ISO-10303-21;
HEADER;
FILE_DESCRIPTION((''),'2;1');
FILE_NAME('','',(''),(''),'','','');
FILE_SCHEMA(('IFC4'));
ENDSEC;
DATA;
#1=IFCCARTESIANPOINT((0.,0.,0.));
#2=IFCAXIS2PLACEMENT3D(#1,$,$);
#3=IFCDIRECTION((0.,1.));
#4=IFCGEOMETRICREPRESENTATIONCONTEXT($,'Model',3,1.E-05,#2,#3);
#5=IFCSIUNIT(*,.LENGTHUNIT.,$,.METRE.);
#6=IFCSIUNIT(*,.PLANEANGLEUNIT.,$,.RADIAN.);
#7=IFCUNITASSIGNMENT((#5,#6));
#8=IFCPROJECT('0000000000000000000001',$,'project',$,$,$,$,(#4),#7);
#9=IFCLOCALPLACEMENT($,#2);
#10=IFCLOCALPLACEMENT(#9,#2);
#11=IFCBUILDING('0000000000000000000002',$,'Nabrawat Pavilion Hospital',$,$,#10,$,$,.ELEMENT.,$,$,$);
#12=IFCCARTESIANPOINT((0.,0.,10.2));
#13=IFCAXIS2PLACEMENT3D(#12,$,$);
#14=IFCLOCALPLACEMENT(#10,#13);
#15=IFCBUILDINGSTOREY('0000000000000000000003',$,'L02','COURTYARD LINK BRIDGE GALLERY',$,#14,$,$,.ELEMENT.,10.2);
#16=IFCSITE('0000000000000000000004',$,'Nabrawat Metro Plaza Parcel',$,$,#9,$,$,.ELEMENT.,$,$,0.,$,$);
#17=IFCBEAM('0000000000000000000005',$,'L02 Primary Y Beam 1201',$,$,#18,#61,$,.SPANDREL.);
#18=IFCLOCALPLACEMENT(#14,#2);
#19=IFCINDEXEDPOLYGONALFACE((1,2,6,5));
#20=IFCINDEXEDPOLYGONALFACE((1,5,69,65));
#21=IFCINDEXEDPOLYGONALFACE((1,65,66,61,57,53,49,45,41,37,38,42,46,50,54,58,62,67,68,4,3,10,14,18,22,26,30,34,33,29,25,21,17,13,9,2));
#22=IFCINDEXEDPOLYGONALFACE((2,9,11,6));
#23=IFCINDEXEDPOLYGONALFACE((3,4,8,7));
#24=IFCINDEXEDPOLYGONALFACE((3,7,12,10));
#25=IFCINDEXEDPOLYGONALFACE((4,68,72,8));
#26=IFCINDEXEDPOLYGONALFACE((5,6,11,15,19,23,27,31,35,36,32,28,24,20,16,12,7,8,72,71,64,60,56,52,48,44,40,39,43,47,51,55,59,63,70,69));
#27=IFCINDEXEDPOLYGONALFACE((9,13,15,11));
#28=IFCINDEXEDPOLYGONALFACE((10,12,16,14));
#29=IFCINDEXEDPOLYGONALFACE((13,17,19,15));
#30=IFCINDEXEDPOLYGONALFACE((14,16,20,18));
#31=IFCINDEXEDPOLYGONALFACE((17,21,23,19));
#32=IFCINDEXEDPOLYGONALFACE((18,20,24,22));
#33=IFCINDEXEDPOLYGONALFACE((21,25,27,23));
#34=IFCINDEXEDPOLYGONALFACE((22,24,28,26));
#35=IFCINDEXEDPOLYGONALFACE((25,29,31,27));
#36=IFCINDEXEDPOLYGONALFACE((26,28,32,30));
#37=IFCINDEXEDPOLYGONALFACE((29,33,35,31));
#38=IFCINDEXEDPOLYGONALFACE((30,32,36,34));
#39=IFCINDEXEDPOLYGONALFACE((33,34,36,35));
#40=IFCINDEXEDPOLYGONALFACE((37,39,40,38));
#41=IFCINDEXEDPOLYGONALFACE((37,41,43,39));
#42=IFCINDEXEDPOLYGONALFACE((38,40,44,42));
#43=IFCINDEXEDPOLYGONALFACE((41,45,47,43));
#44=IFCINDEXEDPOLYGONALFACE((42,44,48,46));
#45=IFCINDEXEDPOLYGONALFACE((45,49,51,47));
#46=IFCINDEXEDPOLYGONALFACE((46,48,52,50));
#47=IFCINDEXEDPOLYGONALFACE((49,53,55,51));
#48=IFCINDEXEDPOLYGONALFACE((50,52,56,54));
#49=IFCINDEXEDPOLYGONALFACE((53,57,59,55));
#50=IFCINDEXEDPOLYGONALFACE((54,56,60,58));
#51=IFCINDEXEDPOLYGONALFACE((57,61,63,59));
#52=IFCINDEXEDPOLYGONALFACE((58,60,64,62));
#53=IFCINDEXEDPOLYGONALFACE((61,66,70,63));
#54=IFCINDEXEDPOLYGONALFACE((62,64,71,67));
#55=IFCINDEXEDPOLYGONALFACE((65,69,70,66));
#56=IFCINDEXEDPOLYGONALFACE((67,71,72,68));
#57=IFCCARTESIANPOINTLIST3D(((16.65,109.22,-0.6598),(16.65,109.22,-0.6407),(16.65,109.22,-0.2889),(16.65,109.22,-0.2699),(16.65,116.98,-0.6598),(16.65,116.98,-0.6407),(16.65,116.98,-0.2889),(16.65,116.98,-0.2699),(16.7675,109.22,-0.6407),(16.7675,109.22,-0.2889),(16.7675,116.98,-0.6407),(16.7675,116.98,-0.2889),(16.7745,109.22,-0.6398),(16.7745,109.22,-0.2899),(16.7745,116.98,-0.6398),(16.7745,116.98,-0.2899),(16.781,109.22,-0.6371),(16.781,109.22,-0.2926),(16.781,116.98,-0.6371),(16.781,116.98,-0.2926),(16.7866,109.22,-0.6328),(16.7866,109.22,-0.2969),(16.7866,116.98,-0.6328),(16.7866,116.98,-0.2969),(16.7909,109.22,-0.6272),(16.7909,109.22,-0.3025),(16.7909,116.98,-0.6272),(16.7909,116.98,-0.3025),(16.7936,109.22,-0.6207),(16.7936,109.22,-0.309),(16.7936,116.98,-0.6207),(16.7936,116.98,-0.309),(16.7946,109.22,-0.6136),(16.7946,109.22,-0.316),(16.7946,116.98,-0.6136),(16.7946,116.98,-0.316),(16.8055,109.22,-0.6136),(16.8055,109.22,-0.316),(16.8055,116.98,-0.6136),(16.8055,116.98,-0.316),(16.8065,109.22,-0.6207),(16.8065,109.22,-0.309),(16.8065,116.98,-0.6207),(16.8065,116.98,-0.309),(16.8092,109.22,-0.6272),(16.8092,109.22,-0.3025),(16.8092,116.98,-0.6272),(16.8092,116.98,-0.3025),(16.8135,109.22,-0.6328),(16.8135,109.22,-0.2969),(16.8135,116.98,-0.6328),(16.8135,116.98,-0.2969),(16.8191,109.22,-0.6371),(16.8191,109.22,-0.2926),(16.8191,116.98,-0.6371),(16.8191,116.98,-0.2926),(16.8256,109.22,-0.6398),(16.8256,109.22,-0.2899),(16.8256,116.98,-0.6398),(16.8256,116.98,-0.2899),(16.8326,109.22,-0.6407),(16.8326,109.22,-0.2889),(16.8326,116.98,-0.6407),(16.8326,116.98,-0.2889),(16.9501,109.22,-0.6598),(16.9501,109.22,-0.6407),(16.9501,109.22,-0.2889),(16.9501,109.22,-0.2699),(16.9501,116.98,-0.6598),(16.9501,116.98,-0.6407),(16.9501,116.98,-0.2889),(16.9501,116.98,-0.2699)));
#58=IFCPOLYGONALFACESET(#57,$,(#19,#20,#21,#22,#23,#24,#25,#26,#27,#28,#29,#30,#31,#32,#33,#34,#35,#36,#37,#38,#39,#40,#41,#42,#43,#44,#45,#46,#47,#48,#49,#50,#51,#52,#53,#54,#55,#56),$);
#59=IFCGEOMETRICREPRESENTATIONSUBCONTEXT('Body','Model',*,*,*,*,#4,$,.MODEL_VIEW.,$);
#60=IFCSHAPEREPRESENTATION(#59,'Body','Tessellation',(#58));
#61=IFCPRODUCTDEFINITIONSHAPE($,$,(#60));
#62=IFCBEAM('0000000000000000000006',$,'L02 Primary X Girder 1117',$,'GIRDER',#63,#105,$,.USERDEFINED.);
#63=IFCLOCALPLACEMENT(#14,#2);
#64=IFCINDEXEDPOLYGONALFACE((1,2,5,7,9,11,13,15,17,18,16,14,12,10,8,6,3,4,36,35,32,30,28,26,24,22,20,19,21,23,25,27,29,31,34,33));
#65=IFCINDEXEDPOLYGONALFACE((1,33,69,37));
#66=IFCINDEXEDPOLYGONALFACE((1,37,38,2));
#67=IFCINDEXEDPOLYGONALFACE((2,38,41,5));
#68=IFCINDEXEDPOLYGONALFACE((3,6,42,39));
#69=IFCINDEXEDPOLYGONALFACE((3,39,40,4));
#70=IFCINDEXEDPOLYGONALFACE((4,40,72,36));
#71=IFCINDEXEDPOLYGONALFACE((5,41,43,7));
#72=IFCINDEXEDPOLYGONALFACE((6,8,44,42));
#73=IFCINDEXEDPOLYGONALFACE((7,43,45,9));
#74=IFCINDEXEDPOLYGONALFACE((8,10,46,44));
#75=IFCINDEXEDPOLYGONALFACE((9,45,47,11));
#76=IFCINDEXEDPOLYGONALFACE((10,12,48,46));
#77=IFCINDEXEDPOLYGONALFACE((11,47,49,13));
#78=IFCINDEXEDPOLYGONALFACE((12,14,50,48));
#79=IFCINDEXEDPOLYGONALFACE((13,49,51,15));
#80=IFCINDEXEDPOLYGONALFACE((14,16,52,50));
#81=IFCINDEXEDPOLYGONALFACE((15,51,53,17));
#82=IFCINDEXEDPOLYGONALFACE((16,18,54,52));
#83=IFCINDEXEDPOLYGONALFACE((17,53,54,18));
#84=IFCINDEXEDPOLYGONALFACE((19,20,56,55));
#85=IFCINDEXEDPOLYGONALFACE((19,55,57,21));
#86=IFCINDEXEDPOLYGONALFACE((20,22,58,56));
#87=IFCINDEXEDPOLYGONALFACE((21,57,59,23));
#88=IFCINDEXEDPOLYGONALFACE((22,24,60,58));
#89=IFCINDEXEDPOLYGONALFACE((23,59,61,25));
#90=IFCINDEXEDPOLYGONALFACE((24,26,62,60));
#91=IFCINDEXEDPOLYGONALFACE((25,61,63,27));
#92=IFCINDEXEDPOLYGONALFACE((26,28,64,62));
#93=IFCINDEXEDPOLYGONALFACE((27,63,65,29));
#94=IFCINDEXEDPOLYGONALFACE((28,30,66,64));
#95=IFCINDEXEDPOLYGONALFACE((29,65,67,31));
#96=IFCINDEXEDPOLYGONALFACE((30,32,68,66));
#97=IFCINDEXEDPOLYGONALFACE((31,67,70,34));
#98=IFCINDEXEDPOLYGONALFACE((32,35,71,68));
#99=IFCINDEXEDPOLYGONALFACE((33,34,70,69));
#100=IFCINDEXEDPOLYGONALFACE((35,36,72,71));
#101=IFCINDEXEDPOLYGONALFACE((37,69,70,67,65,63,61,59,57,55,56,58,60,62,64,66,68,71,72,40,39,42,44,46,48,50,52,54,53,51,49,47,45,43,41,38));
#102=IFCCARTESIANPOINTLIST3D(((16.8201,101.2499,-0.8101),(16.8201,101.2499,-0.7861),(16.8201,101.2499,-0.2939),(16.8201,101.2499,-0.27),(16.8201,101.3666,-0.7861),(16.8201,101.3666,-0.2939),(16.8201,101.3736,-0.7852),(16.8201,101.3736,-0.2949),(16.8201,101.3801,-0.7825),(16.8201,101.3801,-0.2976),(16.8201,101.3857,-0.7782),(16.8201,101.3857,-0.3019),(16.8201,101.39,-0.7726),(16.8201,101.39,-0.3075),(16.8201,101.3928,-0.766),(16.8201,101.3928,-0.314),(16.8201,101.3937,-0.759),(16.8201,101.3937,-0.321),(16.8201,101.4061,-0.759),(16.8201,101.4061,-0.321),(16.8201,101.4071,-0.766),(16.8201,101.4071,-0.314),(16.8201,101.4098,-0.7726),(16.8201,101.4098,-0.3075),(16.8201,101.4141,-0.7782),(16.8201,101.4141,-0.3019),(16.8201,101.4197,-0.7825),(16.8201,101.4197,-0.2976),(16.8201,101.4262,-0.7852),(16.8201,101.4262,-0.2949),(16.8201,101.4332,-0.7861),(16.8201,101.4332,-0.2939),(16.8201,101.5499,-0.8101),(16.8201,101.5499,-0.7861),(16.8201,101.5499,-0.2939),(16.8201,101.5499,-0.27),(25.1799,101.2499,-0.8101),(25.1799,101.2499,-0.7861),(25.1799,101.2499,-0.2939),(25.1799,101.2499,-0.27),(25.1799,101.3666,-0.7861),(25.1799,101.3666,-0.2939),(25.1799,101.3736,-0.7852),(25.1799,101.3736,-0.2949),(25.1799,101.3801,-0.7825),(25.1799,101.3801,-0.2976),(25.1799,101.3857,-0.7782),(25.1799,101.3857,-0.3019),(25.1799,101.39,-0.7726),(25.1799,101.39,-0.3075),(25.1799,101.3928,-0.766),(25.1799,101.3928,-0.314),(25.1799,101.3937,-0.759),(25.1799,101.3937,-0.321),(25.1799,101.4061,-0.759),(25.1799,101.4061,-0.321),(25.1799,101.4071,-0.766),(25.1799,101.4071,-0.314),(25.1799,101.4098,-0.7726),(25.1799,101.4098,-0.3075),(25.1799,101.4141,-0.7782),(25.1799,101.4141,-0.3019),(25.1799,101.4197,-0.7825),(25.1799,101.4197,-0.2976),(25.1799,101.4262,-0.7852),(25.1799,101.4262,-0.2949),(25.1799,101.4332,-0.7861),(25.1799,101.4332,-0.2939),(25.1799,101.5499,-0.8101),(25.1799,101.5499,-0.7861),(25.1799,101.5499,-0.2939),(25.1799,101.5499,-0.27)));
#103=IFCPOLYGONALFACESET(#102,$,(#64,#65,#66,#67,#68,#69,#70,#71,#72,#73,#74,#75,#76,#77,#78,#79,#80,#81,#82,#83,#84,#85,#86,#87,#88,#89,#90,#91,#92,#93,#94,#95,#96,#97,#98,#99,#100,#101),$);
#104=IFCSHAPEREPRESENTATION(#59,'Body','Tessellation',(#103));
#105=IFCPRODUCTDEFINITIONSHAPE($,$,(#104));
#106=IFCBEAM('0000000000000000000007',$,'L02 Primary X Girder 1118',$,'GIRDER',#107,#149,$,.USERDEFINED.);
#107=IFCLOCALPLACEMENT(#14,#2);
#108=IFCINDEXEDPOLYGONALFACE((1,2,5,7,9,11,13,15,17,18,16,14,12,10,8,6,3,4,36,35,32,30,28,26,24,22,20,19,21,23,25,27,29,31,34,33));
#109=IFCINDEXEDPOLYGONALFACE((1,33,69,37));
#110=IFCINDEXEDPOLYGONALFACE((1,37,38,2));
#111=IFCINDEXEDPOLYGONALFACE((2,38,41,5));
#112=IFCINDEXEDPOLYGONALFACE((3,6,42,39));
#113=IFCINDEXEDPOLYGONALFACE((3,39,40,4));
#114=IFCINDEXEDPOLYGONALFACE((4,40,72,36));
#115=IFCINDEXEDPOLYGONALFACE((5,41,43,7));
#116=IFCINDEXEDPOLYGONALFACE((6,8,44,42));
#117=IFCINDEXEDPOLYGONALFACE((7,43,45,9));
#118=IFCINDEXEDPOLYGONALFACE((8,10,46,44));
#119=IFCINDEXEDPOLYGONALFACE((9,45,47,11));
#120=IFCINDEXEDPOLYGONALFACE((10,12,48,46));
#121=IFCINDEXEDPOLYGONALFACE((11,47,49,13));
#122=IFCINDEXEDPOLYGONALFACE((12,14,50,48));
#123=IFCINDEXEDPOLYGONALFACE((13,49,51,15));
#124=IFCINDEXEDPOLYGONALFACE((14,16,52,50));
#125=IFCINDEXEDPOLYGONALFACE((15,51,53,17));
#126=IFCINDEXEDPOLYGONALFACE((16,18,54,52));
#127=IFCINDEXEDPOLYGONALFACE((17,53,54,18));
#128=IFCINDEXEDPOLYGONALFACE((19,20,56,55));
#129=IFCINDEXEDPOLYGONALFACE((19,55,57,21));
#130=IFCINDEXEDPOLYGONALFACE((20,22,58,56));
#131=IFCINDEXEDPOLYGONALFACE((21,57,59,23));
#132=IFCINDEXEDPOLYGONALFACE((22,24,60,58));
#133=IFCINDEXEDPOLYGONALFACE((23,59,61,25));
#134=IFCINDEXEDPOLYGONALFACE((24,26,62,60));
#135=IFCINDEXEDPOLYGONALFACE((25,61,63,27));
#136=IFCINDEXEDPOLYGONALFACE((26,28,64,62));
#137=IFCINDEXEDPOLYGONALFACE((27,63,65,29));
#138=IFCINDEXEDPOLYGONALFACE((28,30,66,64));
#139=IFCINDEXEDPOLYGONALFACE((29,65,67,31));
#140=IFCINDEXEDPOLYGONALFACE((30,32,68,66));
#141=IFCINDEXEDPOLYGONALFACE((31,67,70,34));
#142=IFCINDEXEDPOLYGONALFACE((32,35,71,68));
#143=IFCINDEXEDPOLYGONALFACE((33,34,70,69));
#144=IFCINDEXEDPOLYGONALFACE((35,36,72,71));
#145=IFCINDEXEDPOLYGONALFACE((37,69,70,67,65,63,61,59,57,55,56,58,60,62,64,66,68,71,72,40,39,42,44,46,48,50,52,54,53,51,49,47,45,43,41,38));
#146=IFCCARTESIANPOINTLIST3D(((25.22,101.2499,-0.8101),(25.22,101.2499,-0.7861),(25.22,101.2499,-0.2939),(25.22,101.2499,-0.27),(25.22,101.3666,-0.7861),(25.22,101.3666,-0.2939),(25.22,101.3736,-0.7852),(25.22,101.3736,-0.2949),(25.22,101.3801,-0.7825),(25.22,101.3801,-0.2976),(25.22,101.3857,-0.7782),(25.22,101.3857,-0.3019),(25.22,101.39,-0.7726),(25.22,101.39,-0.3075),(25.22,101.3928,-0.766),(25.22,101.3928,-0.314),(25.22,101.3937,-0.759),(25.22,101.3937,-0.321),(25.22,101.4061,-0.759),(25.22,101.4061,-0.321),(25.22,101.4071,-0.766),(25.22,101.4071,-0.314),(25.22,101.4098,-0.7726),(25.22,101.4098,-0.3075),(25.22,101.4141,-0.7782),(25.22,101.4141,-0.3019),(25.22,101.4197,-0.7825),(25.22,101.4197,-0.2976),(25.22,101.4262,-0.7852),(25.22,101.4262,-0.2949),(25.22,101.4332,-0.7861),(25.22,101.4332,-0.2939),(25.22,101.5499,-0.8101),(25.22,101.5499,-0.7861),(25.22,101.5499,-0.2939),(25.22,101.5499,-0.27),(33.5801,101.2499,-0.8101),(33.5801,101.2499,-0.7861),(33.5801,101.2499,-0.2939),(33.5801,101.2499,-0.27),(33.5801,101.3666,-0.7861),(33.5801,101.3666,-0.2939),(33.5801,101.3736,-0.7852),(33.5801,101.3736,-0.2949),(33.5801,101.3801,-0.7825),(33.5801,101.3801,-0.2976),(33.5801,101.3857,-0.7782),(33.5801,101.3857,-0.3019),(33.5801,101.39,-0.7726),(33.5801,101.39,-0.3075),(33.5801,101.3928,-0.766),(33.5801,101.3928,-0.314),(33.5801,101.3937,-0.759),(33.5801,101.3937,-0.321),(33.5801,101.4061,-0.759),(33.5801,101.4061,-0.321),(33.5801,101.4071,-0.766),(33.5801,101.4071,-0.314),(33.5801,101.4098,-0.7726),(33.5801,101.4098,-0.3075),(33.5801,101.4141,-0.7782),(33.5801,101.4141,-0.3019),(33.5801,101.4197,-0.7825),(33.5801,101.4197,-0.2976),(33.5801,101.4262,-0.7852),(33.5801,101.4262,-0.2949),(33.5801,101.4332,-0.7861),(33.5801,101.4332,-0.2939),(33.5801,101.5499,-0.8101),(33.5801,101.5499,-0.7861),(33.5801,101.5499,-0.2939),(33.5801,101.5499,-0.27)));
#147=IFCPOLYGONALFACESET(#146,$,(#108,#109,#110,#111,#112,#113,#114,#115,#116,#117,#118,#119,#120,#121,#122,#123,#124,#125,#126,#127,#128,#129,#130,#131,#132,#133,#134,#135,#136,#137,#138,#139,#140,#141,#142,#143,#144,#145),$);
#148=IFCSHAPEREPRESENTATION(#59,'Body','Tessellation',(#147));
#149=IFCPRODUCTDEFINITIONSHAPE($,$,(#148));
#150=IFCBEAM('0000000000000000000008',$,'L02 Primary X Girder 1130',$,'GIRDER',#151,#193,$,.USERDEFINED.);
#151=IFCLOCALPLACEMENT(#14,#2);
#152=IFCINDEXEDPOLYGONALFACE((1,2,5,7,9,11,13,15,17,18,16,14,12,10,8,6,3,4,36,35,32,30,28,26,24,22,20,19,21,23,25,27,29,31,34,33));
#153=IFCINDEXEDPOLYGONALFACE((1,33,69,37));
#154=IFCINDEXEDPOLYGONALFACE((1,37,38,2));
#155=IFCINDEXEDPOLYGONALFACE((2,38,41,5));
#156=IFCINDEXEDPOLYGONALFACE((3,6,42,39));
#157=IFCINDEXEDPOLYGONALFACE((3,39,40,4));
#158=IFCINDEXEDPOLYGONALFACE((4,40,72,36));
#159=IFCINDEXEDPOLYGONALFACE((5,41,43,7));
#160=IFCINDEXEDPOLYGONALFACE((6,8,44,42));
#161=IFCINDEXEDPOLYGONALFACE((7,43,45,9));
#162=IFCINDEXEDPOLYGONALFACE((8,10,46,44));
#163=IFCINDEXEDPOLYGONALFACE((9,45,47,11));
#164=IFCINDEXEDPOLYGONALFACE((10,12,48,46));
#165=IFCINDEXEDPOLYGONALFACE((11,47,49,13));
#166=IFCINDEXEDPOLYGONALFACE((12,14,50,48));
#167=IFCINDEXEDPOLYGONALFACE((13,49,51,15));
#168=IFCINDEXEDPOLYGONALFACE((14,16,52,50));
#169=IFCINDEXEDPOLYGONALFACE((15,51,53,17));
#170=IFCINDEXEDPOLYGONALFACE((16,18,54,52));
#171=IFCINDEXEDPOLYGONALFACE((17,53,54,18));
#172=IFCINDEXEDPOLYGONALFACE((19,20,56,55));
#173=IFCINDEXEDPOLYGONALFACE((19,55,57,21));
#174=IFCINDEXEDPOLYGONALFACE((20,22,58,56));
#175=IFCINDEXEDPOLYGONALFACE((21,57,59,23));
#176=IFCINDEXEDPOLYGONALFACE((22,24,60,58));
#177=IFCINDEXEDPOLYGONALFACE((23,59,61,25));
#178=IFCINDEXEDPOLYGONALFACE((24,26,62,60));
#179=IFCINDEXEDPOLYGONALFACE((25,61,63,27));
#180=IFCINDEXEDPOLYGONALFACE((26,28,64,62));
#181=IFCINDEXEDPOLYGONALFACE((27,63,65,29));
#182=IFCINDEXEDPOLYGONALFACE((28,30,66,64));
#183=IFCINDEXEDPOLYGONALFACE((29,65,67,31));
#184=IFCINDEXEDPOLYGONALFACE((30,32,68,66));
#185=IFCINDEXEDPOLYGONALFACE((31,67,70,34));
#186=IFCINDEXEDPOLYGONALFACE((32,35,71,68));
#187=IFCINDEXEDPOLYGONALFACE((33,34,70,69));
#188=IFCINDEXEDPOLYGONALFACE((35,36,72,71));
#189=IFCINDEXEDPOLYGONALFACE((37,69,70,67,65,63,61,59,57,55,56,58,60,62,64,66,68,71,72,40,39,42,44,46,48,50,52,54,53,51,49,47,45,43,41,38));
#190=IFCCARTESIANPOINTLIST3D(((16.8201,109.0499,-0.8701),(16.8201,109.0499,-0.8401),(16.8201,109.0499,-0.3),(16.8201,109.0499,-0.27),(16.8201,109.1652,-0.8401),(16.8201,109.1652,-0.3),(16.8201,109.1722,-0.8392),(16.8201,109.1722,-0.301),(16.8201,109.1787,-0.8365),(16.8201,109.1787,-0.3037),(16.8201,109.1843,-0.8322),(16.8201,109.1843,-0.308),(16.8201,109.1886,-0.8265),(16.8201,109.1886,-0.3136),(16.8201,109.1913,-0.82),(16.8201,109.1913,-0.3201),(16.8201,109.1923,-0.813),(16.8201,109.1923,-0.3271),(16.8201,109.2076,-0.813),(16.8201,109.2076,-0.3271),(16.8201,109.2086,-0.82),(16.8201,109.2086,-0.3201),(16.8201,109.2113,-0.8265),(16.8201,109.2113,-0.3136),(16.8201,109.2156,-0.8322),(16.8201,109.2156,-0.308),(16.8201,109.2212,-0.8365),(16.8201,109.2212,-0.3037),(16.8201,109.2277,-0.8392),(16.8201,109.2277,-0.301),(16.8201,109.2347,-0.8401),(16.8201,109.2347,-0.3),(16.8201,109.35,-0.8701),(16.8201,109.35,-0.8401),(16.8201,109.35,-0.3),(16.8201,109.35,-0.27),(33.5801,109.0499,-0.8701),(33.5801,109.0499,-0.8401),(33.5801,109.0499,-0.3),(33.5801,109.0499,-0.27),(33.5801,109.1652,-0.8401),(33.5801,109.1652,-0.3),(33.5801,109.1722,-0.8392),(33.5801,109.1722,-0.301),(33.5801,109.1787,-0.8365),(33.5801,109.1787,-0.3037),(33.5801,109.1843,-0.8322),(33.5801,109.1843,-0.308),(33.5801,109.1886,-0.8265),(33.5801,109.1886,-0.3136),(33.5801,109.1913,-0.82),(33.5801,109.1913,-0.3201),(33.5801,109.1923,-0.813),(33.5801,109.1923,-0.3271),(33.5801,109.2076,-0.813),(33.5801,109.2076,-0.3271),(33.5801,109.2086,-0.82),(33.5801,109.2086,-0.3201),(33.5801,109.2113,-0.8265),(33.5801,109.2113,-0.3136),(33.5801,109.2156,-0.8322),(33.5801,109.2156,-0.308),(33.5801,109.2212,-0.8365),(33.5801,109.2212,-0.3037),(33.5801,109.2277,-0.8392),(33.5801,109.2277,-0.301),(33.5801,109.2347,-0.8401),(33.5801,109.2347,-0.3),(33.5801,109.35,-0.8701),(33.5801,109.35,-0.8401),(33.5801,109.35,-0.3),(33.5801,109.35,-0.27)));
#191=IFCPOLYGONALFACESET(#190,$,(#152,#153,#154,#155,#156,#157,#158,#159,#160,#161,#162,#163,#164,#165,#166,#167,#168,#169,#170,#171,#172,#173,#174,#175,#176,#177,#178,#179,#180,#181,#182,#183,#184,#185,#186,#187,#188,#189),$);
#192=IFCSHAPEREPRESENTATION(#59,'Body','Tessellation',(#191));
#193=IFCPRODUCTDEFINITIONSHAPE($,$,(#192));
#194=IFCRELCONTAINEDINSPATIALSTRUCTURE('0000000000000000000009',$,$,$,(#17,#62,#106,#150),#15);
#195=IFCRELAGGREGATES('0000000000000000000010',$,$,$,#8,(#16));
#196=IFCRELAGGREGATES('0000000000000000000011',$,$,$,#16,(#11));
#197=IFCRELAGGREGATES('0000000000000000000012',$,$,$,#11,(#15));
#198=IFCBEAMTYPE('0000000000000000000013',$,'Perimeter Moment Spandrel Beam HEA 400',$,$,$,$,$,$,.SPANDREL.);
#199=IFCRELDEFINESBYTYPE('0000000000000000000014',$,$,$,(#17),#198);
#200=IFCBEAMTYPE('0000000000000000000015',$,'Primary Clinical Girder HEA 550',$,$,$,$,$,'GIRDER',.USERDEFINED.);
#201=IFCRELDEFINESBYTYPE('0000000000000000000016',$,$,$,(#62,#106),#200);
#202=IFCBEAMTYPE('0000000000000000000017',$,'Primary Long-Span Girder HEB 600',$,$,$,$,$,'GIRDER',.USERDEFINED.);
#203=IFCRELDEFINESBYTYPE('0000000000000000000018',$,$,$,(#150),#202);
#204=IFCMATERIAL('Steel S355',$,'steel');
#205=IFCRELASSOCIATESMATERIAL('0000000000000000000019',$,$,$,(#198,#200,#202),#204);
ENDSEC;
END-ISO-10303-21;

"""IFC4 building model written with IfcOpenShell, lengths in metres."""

from ifc_helpers import new_model, si_unit, direction, frame, origin, origin_2d, place, context, subcontext, project, spatial, i_section, extrude, material, material_profile, profile_set, type_object, element, save


model = new_model("IFC4")

# Units and contexts
model_context = context("Model", 3, precision=1e-05, world=origin(), true_north=direction((0.0, 1.0)))
body_context = subcontext(model_context, "Body", "Model", "MODEL_VIEW")
ifc_project = project(units=[si_unit("LENGTHUNIT", "METRE"), si_unit("PLANEANGLEUNIT", "RADIAN")], contexts=[model_context])

# Site, building, storey
site_placement = place(None, origin())
site = spatial("IfcSite", under=ifc_project, at=site_placement, Name="Nabrawat Metro Plaza Parcel", CompositionType="ELEMENT", RefElevation=0.0)
building_placement = place(site_placement, origin())
building = spatial("IfcBuilding", under=site, at=building_placement, Name="Nabrawat Pavilion Hospital", CompositionType="ELEMENT")
storey_placement = place(building_placement, frame((0.0, 0.0, 10.2)))
storey = spatial("IfcBuildingStorey", under=building, at=storey_placement, Name="L02", Description="COURTYARD LINK BRIDGE GALLERY", CompositionType="ELEMENT", Elevation=10.2)

# Shared definitions
ifc_material_1 = material(Name="Steel S355", Category="steel")

# Beams
ifc_material_profile_1 = material_profile(ifc_material_1, i_section(OverallWidth=0.3, OverallDepth=0.3899, WebThickness=0.011, FlangeThickness=0.019, FilletRadius=0.0271, at=origin_2d()), Name="HEA 400")
ifc_profile_set_1 = profile_set([ifc_material_profile_1], Name="Steel S355")
beam_type_1 = type_object("IfcBeamType", Name="Perimeter Moment Spandrel Beam HEA 400", PredefinedType="SPANDREL", material=ifc_profile_set_1)
for number, where, z_axis, x_axis, name in (
    (1, (16.8, 109.22, -0.4648), (0.0, 1.0, 0.0), (-1.0, 0.0, 0.0), "L02 Primary Y Beam 1201"),
):
    element("IfcBeam", number, at=place(storey_placement, frame(where, z_axis=z_axis, x_axis=x_axis)), inside=storey, type_object=beam_type_1, Name=name, PredefinedType="SPANDREL", context=body_context, shape_type="SweptSolid", body=[
        extrude(i_section(OverallWidth=0.3, OverallDepth=0.3899, WebThickness=0.011, FlangeThickness=0.019, FilletRadius=0.0271, at=origin_2d()), origin(), (0.0, 0.0, 1.0), 7.76),
    ])
ifc_material_profile_2 = material_profile(ifc_material_1, i_section(OverallWidth=0.3, OverallDepth=0.54, WebThickness=0.0125, FlangeThickness=0.0239, FilletRadius=0.0271, at=origin_2d()), Name="HEA 550")
ifc_profile_set_2 = profile_set([ifc_material_profile_2], Name="Steel S355")
beam_type_2 = type_object("IfcBeamType", Name="Primary Clinical Girder HEA 550", ElementType="GIRDER", PredefinedType="USERDEFINED", material=ifc_profile_set_2)
beam_1_placement = place(storey_placement, frame((16.8201, 101.3999, -0.54), z_axis=(1.0, 0.0, 0.0), x_axis=(0.0, 1.0, 0.0)))
element("IfcBeam", 2, at=beam_1_placement, inside=storey, type_object=beam_type_2, Name="L02 Primary X Girder 1117", ObjectType="GIRDER", PredefinedType="USERDEFINED", context=body_context, shape_type="SweptSolid", body=[
    extrude(i_section(OverallWidth=0.3, OverallDepth=0.54, WebThickness=0.0125, FlangeThickness=0.0239, FilletRadius=0.0271, at=origin_2d()), origin(), (0.0, 0.0, 1.0), 8.3599),
])
beam_2_placement = place(storey_placement, frame((25.22, 101.3999, -0.54), z_axis=(1.0, 0.0, 0.0), x_axis=(0.0, 1.0, 0.0)))
element("IfcBeam", 3, at=beam_2_placement, inside=storey, type_object=beam_type_2, Name="L02 Primary X Girder 1118", ObjectType="GIRDER", PredefinedType="USERDEFINED", context=body_context, shape_type="SweptSolid", body=[
    extrude(i_section(OverallWidth=0.3, OverallDepth=0.54, WebThickness=0.0125, FlangeThickness=0.0239, FilletRadius=0.0271, at=origin_2d()), origin(), (0.0, 0.0, 1.0), 8.3601),
])
ifc_material_profile_3 = material_profile(ifc_material_1, i_section(OverallWidth=0.3, OverallDepth=0.6001, WebThickness=0.0154, FlangeThickness=0.03, FilletRadius=0.0271, at=origin_2d()), Name="HEB 600")
ifc_profile_set_3 = profile_set([ifc_material_profile_3], Name="Steel S355")
beam_type_3 = type_object("IfcBeamType", Name="Primary Long-Span Girder HEB 600", ElementType="GIRDER", PredefinedType="USERDEFINED", material=ifc_profile_set_3)
beam_3_placement = place(storey_placement, frame((16.8201, 109.2, -0.5701), z_axis=(1.0, 0.0, 0.0), x_axis=(0.0, 1.0, 0.0)))
element("IfcBeam", 4, at=beam_3_placement, inside=storey, type_object=beam_type_3, Name="L02 Primary X Girder 1130", ObjectType="GIRDER", PredefinedType="USERDEFINED", context=body_context, shape_type="SweptSolid", body=[
    extrude(i_section(OverallWidth=0.3, OverallDepth=0.6001, WebThickness=0.0154, FlangeThickness=0.03, FilletRadius=0.0271, at=origin_2d()), origin(), (0.0, 0.0, 1.0), 16.76),
])

save(model, "model.ifc")
